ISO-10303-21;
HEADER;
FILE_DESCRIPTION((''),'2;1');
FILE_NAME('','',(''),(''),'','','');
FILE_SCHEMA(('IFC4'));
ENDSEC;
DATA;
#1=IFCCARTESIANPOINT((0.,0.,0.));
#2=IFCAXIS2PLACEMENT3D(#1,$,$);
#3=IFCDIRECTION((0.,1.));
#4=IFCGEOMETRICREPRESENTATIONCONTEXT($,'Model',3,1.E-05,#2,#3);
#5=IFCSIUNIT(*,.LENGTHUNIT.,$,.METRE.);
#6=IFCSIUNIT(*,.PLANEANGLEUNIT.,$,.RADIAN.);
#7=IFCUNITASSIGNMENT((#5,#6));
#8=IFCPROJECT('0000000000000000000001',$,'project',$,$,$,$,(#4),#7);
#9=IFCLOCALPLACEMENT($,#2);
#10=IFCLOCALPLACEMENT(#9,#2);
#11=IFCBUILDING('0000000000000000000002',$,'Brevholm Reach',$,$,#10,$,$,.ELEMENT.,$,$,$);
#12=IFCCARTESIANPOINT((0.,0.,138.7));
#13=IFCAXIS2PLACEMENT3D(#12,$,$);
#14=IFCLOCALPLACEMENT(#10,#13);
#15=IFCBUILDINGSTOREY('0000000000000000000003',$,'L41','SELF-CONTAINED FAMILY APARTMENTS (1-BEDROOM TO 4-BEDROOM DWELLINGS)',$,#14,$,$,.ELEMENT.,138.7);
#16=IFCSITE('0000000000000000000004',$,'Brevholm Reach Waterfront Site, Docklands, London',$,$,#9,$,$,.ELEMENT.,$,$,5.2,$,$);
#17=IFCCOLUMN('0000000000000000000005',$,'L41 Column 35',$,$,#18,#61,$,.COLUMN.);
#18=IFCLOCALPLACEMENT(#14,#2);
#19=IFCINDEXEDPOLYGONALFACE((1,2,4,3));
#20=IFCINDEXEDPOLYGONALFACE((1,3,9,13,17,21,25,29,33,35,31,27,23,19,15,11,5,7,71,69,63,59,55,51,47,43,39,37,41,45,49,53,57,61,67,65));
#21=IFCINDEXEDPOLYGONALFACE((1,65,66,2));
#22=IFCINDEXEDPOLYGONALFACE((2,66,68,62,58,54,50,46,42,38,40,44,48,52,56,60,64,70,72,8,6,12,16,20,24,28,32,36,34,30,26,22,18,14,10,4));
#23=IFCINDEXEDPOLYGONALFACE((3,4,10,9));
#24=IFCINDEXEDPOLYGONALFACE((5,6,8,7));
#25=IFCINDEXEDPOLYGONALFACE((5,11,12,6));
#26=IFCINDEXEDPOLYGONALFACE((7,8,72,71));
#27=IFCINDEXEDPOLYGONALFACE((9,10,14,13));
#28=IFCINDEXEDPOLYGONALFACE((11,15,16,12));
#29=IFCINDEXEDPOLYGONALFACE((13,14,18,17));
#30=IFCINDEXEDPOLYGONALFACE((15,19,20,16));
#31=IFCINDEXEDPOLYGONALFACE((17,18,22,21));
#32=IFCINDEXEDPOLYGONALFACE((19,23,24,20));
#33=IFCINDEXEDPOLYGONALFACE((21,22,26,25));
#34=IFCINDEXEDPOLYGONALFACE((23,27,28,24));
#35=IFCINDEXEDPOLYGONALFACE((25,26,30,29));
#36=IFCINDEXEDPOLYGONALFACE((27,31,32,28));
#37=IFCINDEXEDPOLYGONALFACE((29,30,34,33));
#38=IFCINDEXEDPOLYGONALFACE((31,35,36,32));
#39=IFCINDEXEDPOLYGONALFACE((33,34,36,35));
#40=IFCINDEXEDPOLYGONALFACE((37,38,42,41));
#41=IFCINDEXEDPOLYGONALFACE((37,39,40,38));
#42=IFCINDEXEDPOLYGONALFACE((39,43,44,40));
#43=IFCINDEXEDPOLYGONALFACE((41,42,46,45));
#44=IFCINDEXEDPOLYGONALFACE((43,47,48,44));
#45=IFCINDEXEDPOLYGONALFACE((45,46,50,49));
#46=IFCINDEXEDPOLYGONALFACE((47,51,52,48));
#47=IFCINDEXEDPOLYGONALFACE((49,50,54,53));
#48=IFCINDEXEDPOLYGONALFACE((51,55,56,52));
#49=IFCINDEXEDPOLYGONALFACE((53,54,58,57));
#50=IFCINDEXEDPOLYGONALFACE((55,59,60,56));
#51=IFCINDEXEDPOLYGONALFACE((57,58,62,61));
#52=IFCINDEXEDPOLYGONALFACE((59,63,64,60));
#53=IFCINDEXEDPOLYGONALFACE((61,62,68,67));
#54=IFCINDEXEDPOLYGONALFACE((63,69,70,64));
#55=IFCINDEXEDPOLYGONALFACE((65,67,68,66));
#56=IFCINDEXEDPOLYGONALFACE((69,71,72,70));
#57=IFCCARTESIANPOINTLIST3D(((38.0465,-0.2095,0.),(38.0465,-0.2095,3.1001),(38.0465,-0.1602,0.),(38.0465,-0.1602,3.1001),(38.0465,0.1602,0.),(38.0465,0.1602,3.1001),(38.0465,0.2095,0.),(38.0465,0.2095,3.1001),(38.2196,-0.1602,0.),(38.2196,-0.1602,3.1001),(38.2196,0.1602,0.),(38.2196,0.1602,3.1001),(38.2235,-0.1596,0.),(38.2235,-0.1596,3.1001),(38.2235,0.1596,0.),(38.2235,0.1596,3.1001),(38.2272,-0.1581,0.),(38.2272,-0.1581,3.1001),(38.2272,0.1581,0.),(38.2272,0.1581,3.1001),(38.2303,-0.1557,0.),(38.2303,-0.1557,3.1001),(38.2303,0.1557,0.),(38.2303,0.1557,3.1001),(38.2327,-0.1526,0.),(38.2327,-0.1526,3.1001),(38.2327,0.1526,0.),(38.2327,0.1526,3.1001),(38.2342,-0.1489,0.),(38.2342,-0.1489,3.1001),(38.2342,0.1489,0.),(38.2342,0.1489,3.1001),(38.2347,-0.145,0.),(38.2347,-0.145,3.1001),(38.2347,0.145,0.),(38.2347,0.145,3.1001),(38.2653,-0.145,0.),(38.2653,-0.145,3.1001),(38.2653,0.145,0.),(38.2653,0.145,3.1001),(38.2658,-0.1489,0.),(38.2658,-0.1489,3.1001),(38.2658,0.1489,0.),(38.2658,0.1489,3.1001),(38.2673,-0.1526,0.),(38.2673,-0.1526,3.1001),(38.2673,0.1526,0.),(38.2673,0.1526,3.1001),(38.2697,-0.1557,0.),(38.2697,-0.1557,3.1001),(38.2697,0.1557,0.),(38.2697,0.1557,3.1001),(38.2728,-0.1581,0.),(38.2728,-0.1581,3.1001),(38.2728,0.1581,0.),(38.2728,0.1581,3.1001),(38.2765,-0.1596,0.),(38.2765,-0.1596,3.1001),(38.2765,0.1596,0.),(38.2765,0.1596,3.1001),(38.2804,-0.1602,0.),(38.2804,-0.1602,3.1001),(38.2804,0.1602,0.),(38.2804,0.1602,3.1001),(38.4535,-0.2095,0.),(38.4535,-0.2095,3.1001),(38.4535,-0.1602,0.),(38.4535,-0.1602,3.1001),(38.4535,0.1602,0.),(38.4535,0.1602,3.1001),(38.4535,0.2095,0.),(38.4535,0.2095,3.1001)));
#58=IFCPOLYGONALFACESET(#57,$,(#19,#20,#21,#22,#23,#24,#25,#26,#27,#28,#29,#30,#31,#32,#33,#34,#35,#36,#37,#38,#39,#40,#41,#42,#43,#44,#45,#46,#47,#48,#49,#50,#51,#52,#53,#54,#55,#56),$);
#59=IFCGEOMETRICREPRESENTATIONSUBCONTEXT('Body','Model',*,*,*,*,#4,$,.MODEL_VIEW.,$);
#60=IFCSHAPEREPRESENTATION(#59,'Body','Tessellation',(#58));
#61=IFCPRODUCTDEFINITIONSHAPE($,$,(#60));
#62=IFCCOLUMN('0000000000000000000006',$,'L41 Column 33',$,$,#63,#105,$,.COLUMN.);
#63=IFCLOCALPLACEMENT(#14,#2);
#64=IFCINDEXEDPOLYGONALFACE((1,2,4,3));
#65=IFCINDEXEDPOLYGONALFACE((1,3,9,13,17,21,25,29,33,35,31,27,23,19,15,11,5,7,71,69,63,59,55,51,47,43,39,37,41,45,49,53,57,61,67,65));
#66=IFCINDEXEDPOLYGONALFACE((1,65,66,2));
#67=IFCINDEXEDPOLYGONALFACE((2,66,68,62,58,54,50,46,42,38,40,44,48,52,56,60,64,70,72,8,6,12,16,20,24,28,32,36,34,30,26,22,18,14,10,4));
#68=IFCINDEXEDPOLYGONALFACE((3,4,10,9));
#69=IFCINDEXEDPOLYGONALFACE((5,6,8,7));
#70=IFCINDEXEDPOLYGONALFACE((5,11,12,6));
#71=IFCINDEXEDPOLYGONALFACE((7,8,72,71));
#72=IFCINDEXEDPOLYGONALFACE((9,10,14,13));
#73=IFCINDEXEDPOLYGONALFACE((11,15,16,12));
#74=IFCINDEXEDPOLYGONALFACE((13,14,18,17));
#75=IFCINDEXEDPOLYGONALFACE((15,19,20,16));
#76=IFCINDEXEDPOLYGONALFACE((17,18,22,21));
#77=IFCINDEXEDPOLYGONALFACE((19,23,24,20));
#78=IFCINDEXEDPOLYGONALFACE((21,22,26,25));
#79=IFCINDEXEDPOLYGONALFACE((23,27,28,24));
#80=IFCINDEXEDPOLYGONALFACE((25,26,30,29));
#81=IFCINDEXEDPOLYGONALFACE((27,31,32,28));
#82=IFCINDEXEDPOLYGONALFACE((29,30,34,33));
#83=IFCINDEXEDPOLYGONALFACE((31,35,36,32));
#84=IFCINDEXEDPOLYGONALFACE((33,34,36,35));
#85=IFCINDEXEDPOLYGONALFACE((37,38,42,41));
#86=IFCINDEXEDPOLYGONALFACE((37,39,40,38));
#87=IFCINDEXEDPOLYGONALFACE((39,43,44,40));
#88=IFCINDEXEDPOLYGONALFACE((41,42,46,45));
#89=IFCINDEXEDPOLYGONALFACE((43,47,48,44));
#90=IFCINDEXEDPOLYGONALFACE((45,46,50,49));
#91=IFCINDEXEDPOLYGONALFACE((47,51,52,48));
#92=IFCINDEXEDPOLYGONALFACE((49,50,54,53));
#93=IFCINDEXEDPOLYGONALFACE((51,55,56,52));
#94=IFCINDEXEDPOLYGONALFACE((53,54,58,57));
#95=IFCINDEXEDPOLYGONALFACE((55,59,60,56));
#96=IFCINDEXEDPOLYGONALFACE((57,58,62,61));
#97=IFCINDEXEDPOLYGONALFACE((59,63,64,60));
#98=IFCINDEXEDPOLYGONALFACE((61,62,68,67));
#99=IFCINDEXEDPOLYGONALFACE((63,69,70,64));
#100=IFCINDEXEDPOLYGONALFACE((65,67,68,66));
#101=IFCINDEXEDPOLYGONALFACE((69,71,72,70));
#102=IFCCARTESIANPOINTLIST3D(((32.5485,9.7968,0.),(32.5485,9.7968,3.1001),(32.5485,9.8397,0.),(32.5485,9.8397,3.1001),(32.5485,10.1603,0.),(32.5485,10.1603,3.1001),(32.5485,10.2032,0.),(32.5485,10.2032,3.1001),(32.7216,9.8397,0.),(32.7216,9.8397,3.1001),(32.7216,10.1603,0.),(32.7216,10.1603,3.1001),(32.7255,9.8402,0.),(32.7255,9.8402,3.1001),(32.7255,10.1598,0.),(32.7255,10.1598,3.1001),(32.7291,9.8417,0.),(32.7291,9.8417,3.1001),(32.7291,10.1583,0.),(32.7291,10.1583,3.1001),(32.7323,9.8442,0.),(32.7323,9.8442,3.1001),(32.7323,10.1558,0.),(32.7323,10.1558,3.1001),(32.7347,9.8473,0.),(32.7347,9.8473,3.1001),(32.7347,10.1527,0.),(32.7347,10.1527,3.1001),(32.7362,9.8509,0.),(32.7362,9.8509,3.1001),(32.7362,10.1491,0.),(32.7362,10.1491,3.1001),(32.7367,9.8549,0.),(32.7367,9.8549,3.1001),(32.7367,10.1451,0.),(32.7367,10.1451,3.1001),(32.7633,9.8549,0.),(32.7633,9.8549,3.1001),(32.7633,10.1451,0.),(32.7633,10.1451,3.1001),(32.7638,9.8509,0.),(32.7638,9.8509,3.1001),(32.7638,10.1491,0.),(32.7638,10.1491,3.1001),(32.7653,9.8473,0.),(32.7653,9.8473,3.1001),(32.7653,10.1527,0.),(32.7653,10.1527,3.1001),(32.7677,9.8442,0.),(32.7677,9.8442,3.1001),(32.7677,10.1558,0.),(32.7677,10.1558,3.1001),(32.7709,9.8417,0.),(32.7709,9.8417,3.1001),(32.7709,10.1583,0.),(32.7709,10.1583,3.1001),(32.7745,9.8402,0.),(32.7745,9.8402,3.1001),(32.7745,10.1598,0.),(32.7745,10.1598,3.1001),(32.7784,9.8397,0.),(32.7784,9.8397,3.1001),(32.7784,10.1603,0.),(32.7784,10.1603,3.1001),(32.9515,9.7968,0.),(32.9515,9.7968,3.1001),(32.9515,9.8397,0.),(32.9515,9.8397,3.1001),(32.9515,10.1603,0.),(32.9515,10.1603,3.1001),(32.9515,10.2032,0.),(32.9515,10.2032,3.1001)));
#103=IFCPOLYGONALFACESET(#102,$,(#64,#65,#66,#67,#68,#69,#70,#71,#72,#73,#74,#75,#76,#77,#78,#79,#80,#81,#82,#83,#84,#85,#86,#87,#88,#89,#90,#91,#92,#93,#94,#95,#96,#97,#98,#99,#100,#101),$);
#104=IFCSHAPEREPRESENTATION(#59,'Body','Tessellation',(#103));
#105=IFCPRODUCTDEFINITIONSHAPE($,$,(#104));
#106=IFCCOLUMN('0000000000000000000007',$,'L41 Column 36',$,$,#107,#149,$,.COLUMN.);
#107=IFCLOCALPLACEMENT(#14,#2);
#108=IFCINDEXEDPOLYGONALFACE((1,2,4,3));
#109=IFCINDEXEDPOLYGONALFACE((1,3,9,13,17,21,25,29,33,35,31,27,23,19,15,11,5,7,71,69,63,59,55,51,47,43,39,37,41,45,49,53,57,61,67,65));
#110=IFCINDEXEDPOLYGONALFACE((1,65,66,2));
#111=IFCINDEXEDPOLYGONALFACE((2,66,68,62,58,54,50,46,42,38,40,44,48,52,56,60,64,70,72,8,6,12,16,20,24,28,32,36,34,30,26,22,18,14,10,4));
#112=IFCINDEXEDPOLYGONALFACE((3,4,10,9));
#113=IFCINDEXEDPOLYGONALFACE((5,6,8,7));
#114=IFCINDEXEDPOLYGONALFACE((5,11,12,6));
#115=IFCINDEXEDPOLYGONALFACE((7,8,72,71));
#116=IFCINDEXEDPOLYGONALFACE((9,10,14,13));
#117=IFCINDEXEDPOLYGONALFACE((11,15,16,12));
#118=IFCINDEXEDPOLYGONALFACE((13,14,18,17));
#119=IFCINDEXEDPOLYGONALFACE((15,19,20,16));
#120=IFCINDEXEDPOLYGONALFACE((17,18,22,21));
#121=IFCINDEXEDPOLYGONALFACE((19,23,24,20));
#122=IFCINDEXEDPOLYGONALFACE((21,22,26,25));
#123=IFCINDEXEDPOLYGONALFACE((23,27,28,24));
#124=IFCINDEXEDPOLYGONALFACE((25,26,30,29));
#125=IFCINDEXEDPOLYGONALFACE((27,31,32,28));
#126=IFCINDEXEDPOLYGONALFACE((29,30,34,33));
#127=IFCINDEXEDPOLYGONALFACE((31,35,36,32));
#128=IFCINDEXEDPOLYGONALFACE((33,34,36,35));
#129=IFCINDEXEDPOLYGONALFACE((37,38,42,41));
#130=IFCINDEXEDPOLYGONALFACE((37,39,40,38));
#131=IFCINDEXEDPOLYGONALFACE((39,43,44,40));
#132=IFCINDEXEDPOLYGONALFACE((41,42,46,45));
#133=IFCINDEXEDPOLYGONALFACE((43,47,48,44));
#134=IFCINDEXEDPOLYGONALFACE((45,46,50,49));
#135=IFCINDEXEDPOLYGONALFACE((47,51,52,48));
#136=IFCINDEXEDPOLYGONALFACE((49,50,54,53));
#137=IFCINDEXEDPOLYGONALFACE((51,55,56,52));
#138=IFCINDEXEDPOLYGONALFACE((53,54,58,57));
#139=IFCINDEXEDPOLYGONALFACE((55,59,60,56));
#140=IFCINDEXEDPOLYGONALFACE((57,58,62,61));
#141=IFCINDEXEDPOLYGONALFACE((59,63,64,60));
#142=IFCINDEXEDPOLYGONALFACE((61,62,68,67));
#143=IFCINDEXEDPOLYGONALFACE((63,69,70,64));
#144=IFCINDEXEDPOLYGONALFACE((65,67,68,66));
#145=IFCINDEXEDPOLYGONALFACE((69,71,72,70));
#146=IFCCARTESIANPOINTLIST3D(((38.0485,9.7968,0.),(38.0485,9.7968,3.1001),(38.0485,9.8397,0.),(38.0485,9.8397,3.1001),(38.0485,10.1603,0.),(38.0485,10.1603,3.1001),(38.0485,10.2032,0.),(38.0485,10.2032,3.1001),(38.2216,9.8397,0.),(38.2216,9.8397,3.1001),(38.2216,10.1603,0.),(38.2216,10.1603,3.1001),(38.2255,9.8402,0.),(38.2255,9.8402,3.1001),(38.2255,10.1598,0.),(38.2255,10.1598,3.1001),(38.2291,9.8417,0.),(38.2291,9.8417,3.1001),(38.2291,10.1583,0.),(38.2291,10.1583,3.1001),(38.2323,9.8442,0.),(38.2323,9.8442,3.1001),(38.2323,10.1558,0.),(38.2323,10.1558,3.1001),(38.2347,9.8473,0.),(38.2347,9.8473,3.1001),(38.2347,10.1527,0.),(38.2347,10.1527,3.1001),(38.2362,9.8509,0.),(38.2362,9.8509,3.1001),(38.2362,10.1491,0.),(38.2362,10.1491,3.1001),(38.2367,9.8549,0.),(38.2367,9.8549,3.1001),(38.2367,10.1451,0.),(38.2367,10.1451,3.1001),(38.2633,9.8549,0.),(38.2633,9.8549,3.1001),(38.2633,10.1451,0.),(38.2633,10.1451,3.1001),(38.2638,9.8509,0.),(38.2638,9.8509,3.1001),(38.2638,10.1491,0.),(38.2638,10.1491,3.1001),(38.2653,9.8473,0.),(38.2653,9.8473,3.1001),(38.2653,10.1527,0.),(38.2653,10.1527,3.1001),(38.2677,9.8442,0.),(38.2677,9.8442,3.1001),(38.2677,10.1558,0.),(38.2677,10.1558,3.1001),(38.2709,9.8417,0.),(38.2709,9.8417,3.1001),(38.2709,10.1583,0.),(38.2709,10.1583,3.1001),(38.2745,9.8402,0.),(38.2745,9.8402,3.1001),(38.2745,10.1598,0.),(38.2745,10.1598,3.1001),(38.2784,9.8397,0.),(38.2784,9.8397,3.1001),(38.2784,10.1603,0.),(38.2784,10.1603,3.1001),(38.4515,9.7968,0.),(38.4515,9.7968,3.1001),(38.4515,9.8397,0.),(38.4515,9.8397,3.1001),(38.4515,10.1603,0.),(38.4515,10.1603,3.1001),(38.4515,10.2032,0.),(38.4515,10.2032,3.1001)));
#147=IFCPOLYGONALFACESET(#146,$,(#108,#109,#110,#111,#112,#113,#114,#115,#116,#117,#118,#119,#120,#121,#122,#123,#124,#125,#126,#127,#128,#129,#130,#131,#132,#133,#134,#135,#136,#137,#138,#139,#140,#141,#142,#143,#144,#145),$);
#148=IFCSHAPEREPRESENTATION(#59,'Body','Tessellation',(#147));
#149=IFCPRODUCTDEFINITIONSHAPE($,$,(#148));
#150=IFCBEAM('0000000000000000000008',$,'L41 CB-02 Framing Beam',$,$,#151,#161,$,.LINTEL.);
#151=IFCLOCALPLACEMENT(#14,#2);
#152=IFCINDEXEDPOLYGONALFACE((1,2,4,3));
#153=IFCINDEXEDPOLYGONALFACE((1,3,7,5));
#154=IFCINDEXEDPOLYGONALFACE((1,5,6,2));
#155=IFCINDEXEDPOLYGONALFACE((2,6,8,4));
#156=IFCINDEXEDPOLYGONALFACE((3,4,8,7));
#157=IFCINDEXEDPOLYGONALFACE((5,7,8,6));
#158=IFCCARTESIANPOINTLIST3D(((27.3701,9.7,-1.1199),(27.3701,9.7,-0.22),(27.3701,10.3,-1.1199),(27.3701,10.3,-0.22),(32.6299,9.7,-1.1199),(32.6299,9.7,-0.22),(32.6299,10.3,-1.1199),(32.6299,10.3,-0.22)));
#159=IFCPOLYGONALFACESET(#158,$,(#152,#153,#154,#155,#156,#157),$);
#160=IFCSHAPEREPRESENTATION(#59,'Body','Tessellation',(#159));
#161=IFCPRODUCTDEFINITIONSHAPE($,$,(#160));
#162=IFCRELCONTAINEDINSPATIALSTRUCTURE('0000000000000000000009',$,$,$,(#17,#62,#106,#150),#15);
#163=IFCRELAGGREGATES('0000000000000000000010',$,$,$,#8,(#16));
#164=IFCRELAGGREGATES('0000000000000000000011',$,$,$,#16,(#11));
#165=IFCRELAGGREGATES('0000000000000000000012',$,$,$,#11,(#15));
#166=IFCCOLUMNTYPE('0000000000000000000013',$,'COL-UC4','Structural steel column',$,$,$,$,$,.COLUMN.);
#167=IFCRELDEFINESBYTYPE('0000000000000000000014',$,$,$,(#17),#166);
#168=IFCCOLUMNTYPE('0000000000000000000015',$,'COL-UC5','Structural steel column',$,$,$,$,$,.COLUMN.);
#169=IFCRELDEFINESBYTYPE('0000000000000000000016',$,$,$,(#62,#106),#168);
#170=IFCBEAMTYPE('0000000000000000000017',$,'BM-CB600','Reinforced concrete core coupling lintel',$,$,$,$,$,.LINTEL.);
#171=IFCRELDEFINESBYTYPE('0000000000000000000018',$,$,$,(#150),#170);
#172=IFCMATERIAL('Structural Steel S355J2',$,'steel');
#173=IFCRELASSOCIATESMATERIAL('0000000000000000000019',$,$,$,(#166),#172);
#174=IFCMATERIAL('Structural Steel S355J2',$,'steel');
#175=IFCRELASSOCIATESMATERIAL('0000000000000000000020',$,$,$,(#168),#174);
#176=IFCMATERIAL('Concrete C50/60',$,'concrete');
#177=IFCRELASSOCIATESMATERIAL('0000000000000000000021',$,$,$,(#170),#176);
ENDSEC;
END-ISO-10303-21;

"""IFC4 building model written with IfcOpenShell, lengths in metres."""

from ifc_helpers import new_model, si_unit, direction, frame, origin, origin_2d, place, context, subcontext, project, spatial, rectangle, i_section, extrude, material, material_profile, profile_set, type_object, element, save


model = new_model("IFC4")

# Units and contexts
model_context = context("Model", 3, precision=1e-05, world=origin(), true_north=direction((0.0, 1.0)))
body_context = subcontext(model_context, "Body", "Model", "MODEL_VIEW")
ifc_project = project(units=[si_unit("LENGTHUNIT", "METRE"), si_unit("PLANEANGLEUNIT", "RADIAN")], contexts=[model_context])

# Site, building, storey
site_placement = place(None, origin())
site = spatial("IfcSite", under=ifc_project, at=site_placement, Name="Brevholm Reach Waterfront Site, Docklands, London", CompositionType="ELEMENT", RefElevation=5.2)
building_placement = place(site_placement, origin())
building = spatial("IfcBuilding", under=site, at=building_placement, Name="Brevholm Reach", CompositionType="ELEMENT")
storey_placement = place(building_placement, frame((0.0, 0.0, 138.7)))
storey = spatial("IfcBuildingStorey", under=building, at=storey_placement, Name="L41", Description="SELF-CONTAINED FAMILY APARTMENTS (1-BEDROOM TO 4-BEDROOM DWELLINGS)", CompositionType="ELEMENT", Elevation=138.7)

# Columns
ifc_material_1 = material(Name="Structural Steel S355J2", Category="steel")
ifc_material_profile_1 = material_profile(ifc_material_1, i_section(OverallWidth=0.407, OverallDepth=0.4189, WebThickness=0.0305, FlangeThickness=0.0493, FilletRadius=0.0151, at=origin_2d()), Name="UKC 356x406x393")
ifc_profile_set_1 = profile_set([ifc_material_profile_1], Name="Structural Steel S355J2")
column_type_1 = type_object("IfcColumnType", Name="COL-UC4", Description="Structural steel column", PredefinedType="COLUMN", material=ifc_profile_set_1)
column_placement = place(storey_placement, frame((38.25, 0.0, 0.0), z_axis=(0.0, 0.0, 1.0), x_axis=(1.0, 0.0, 0.0)))
element("IfcColumn", 1, at=column_placement, inside=storey, type_object=column_type_1, Name="L41 Column 35", PredefinedType="COLUMN", context=body_context, shape_type="SweptSolid", body=[
    extrude(i_section(OverallWidth=0.407, OverallDepth=0.4189, WebThickness=0.0305, FlangeThickness=0.0493, FilletRadius=0.0151, at=origin_2d()), origin(), (0.0, 0.0, 1.0), 3.1001),
])
ifc_material_2 = material(Name="Structural Steel S355J2", Category="steel")
ifc_material_profile_2 = material_profile(ifc_material_2, i_section(OverallWidth=0.4031, OverallDepth=0.4065, WebThickness=0.0266, FlangeThickness=0.043, FilletRadius=0.0151, at=origin_2d()), Name="UKC 356x406x340")
ifc_profile_set_2 = profile_set([ifc_material_profile_2], Name="Structural Steel S355J2")
column_type_2 = type_object("IfcColumnType", Name="COL-UC5", Description="Structural steel column", PredefinedType="COLUMN", material=ifc_profile_set_2)
for number, where, z_axis, x_axis, name in (
    (2, (32.75, 10.0, 0.0), (0.0, 0.0, 1.0), (1.0, 0.0, 0.0), "L41 Column 33"),
    (3, (38.25, 10.0, 0.0), (0.0, 0.0, 1.0), (1.0, 0.0, 0.0), "L41 Column 36"),
):
    element("IfcColumn", number, at=place(storey_placement, frame(where, z_axis=z_axis, x_axis=x_axis)), inside=storey, type_object=column_type_2, Name=name, PredefinedType="COLUMN", context=body_context, shape_type="SweptSolid", body=[
        extrude(i_section(OverallWidth=0.4031, OverallDepth=0.4065, WebThickness=0.0266, FlangeThickness=0.043, FilletRadius=0.0151, at=origin_2d()), origin(), (0.0, 0.0, 1.0), 3.1001),
    ])

# Beam
ifc_material_3 = material(Name="Concrete C50/60", Category="concrete")
ifc_material_profile_3 = material_profile(ifc_material_3, rectangle(XDim=0.6001, YDim=0.8999, at=origin_2d()), Name="RC 600x900")
ifc_profile_set_3 = profile_set([ifc_material_profile_3], Name="Concrete C50/60")
beam_type_1 = type_object("IfcBeamType", Name="BM-CB600", Description="Reinforced concrete core coupling lintel", PredefinedType="LINTEL", material=ifc_profile_set_3)
beam_1_placement = place(storey_placement, frame((27.3701, 10.0, -0.6699), z_axis=(1.0, 0.0, 0.0), x_axis=(0.0, 1.0, 0.0)))
element("IfcBeam", 4, at=beam_1_placement, inside=storey, type_object=beam_type_1, Name="L41 CB-02 Framing Beam", PredefinedType="LINTEL", context=body_context, shape_type="SweptSolid", body=[
    extrude(rectangle(XDim=0.6001, YDim=0.8999, at=origin_2d()), origin(), (0.0, 0.0, 1.0), 5.2598),
])

save(model, "model.ifc")
